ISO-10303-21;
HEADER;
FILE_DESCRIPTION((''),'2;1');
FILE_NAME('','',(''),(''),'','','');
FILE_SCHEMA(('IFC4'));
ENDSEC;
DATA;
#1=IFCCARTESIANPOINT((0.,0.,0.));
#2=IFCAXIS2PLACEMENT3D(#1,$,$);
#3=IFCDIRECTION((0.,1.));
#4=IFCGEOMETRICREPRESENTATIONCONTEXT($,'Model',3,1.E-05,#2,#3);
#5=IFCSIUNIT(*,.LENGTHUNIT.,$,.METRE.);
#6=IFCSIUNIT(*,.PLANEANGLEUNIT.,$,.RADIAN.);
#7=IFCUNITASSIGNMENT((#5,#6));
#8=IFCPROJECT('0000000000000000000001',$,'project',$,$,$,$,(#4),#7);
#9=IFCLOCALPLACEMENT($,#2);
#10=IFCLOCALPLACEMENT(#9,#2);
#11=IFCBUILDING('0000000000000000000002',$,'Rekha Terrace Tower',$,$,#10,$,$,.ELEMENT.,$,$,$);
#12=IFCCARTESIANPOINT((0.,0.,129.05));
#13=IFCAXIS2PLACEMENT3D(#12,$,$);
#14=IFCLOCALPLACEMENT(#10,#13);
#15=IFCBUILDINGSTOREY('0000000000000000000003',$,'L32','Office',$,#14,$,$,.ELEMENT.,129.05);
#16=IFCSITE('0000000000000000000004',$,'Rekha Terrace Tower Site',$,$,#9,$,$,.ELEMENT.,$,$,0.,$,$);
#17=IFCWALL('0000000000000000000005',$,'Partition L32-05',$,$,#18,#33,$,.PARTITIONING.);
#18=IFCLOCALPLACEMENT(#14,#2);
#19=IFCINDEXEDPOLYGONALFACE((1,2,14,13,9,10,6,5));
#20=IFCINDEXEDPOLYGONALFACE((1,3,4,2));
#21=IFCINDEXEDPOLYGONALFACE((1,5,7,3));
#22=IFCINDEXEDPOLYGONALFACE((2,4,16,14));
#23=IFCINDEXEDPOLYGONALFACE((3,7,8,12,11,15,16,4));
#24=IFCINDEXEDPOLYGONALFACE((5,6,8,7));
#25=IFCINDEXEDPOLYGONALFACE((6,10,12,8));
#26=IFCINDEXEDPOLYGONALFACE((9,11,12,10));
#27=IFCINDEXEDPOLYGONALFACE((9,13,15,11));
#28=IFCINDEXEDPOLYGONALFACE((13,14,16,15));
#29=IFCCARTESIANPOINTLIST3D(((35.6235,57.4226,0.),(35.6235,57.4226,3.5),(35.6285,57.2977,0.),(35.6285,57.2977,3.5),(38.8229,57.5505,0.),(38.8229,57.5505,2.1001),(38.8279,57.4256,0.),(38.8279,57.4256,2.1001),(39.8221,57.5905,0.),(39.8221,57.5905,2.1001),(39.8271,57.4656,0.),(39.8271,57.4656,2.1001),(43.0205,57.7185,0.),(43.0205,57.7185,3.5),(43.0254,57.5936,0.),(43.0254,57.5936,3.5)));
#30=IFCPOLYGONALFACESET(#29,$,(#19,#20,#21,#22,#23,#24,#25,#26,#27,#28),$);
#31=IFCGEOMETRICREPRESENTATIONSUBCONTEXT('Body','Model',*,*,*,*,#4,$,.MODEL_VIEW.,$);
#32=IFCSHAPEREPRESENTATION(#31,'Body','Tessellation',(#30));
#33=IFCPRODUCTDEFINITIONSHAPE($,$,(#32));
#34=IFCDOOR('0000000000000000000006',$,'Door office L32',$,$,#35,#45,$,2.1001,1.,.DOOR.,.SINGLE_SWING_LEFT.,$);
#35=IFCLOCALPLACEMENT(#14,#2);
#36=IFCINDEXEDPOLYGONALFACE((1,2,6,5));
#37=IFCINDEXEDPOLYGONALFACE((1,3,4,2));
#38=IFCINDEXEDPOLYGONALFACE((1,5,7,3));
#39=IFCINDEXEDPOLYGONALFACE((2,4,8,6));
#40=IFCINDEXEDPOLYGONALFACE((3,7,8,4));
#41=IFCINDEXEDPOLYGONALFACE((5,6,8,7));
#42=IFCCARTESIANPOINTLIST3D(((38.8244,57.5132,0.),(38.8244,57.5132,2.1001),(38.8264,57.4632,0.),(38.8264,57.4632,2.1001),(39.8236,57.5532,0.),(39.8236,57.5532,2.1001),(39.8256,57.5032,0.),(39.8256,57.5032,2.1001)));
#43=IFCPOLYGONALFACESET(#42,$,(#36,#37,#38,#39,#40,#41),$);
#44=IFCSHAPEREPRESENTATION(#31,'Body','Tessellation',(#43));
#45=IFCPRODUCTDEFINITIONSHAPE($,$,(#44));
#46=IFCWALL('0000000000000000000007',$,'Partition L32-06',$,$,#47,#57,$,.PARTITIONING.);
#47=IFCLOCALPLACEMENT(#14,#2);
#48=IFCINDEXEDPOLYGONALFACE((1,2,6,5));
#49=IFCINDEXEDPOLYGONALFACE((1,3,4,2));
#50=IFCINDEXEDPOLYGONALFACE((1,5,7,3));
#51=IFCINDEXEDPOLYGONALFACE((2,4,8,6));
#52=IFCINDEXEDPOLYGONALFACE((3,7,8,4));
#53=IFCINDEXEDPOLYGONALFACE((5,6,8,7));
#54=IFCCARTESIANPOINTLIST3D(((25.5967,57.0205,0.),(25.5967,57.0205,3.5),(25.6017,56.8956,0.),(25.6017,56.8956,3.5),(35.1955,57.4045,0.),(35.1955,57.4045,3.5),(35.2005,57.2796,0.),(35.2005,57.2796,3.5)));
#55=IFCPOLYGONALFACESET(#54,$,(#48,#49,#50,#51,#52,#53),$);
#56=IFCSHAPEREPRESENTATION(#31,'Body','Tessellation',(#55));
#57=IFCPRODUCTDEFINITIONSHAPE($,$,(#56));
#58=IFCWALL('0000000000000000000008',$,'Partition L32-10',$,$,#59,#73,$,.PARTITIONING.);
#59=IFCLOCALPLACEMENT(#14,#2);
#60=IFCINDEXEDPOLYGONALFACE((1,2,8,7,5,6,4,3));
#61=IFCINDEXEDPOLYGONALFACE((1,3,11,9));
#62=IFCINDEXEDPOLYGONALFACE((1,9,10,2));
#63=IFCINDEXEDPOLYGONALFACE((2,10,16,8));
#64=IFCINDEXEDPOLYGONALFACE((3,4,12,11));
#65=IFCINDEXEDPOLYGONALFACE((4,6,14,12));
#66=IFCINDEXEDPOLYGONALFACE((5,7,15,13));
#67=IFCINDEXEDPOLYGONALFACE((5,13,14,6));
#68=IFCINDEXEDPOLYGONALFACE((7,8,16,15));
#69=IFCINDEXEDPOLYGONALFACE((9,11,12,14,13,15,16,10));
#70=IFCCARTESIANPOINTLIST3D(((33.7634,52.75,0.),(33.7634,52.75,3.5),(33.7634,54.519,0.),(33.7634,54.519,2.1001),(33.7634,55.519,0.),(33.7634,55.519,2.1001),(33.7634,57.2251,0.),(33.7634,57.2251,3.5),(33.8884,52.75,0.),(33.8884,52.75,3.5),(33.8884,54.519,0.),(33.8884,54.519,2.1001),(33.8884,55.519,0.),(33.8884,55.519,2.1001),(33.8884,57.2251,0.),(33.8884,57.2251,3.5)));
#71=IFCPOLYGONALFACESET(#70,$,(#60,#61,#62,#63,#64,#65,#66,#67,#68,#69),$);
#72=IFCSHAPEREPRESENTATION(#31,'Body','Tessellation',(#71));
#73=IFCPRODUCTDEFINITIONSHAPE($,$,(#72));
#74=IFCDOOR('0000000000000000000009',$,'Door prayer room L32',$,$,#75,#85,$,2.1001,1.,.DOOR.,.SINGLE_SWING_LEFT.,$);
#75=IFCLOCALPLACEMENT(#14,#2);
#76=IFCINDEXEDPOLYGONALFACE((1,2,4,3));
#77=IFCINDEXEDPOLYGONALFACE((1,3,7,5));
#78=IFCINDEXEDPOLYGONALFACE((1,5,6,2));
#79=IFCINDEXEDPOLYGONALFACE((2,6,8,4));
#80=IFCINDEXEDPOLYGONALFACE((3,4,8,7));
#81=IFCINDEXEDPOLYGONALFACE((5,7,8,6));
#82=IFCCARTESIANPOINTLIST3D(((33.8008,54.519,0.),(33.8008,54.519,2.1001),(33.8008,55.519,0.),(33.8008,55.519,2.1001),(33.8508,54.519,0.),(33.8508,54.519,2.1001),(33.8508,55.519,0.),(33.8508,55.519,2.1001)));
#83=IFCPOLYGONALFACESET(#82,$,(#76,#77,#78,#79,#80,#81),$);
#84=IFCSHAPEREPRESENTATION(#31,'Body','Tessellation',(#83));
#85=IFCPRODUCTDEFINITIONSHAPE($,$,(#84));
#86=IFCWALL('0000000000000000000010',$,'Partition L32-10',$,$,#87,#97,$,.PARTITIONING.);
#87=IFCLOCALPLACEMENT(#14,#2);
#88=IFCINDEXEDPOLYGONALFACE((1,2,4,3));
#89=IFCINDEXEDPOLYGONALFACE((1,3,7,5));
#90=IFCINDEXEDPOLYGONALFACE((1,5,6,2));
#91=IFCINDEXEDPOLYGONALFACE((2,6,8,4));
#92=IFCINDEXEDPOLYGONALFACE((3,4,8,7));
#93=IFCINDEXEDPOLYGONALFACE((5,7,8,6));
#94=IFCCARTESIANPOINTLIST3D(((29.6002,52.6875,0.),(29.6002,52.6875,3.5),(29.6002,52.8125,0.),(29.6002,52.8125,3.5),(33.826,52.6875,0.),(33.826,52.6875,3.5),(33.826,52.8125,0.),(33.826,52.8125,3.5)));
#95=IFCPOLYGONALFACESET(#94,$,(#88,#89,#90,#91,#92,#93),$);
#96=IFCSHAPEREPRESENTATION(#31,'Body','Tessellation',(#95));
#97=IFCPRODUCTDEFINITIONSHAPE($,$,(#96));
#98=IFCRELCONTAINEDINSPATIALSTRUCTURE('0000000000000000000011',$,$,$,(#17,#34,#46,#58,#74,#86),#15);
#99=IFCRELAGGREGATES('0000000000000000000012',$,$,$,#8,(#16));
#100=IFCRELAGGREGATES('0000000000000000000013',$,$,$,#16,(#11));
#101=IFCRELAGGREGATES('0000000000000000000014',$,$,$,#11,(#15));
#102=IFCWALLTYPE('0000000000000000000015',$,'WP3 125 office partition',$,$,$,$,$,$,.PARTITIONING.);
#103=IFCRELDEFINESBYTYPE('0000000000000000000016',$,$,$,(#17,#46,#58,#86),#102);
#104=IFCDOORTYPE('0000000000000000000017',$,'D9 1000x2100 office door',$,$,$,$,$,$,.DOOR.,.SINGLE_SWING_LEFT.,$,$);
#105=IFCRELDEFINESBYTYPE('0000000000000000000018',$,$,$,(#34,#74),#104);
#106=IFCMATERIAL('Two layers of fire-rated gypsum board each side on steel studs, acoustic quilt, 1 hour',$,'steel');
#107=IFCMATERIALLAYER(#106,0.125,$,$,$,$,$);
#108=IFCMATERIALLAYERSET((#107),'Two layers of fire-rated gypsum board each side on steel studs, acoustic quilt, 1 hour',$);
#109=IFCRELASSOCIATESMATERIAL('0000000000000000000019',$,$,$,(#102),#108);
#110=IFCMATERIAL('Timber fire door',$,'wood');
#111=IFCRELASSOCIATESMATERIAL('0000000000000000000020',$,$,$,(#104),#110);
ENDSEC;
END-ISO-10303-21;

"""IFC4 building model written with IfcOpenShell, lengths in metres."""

from ifc_helpers import new_model, si_unit, direction, frame, frame_2d, origin, place, context, subcontext, project, spatial, rectangle, extrude, material, layer, layer_set, type_object, element, fill, save


model = new_model("IFC4")

# Units and contexts
model_context = context("Model", 3, precision=1e-05, world=origin(), true_north=direction((0.0, 1.0)))
body_context = subcontext(model_context, "Body", "Model", "MODEL_VIEW")
ifc_project = project(units=[si_unit("LENGTHUNIT", "METRE"), si_unit("PLANEANGLEUNIT", "RADIAN")], contexts=[model_context])

# Site, building, storey
site_placement = place(None, origin())
site = spatial("IfcSite", under=ifc_project, at=site_placement, Name="Rekha Terrace Tower Site", CompositionType="ELEMENT", RefElevation=0.0)
building_placement = place(site_placement, origin())
building = spatial("IfcBuilding", under=site, at=building_placement, Name="Rekha Terrace Tower", CompositionType="ELEMENT")
storey_placement = place(building_placement, frame((0.0, 0.0, 129.05)))
storey = spatial("IfcBuildingStorey", under=building, at=storey_placement, Name="L32", Description="Office", CompositionType="ELEMENT", Elevation=129.05)

# Shared definitions
ifc_material_1 = material(Name="Two layers of fire-rated gypsum board each side on steel studs, acoustic quilt, 1 hour", Category="steel")
ifc_layer_1 = layer(ifc_material_1, 0.125)
ifc_layer_set_1 = layer_set([ifc_layer_1], Name="Two layers of fire-rated gypsum board each side on steel studs, acoustic quilt, 1 hour")
wall_type_1 = type_object("IfcWallType", Name="WP3 125 office partition", PredefinedType="PARTITIONING", material=ifc_layer_set_1)

# Wall, opening, door
wall_1_placement = place(storey_placement, frame((43.0229, 57.656, 0.0), z_axis=(0.0, 0.0, 1.0), x_axis=(-0.999201, -0.039971, 0.0)))
wall_1 = element("IfcWall", 1, at=wall_1_placement, inside=storey, type_object=wall_type_1, Name="Partition L32-05", PredefinedType="PARTITIONING", context=body_context, shape_type="SweptSolid", body=[
    extrude(rectangle(XDim=7.4028, YDim=0.125, at=frame_2d((3.7014, 0.0))), origin(), (0.0, 0.0, 1.0), 3.5),
])
opening_1_placement = place(wall_1_placement, frame((3.2009, 0.0, 0.0)))
opening_1 = element("IfcOpeningElement", 2, at=opening_1_placement, cuts=wall_1, PredefinedType="OPENING", context=body_context, shape_type="SweptSolid", body=[
    extrude(rectangle(XDim=1.0, YDim=2.1001, at=frame_2d((0.5, 1.05))), frame((0.0, 0.0725, 0.0), z_axis=(0.0, -1.0, 0.0), x_axis=(1.0, 0.0, 0.0)), (0.0, 0.0, 1.0), 0.145),
])
ifc_material_2 = material(Name="Timber fire door", Category="wood")
door_type_1 = type_object("IfcDoorType", Name="D9 1000x2100 office door", OperationType="SINGLE_SWING_LEFT", PredefinedType="DOOR", material=ifc_material_2)
door_1_placement = place(opening_1_placement, origin())
door_1 = element("IfcDoor", 3, at=door_1_placement, inside=storey, type_object=door_type_1, Name="Door office L32", OperationType="SINGLE_SWING_LEFT", OverallHeight=2.1001, OverallWidth=1.0, PredefinedType="DOOR", context=body_context, shape_type="SweptSolid", body=[
    extrude(rectangle(XDim=1.0, YDim=2.1001, at=frame_2d((0.5, 1.05))), frame((0.0, 0.0249, 0.0), z_axis=(0.0, -1.0, 0.0), x_axis=(1.0, 0.0, 0.0)), (0.0, 0.0, 1.0), 0.05),
])
fill(opening_1, door_1)

# Wall
wall_2_placement = place(storey_placement, frame((35.198, 57.342, 0.0), z_axis=(0.0, 0.0, 1.0), x_axis=(-0.999201, -0.039976, 0.0)))
element("IfcWall", 4, at=wall_2_placement, inside=storey, type_object=wall_type_1, Name="Partition L32-06", PredefinedType="PARTITIONING", context=body_context, shape_type="SweptSolid", body=[
    extrude(rectangle(XDim=9.6064, YDim=0.125, at=frame_2d((4.8032, 0.0))), origin(), (0.0, 0.0, 1.0), 3.5),
])

# Wall, opening, door
wall_3_placement = place(storey_placement, frame((33.8259, 57.2251, 0.0), z_axis=(0.0, 0.0, 1.0), x_axis=(0.0, -1.0, 0.0)))
wall_3 = element("IfcWall", 5, at=wall_3_placement, inside=storey, type_object=wall_type_1, Name="Partition L32-10", PredefinedType="PARTITIONING", context=body_context, shape_type="SweptSolid", body=[
    extrude(rectangle(XDim=4.4751, YDim=0.125, at=frame_2d((2.2375, 0.0))), origin(), (0.0, 0.0, 1.0), 3.5),
])
opening_2_placement = place(wall_3_placement, frame((1.7061, 0.0, 0.0)))
opening_2 = element("IfcOpeningElement", 6, at=opening_2_placement, cuts=wall_3, PredefinedType="OPENING", context=body_context, shape_type="SweptSolid", body=[
    extrude(rectangle(XDim=1.0, YDim=2.1001, at=frame_2d((0.5, 1.05))), frame((0.0, 0.0725, 0.0), z_axis=(0.0, -1.0, 0.0), x_axis=(1.0, 0.0, 0.0)), (0.0, 0.0, 1.0), 0.145),
])
door_2_placement = place(opening_2_placement, origin())
door_2 = element("IfcDoor", 7, at=door_2_placement, inside=storey, type_object=door_type_1, Name="Door prayer room L32", OperationType="SINGLE_SWING_LEFT", OverallHeight=2.1001, OverallWidth=1.0, PredefinedType="DOOR", context=body_context, shape_type="SweptSolid", body=[
    extrude(rectangle(XDim=1.0, YDim=2.1001, at=frame_2d((0.5, 1.05))), frame((0.0, 0.0249, 0.0), z_axis=(0.0, -1.0, 0.0), x_axis=(1.0, 0.0, 0.0)), (0.0, 0.0, 1.0), 0.05),
])
fill(opening_2, door_2)

# Wall
wall_4_placement = place(storey_placement, frame((33.8259, 52.75, 0.0), z_axis=(0.0, 0.0, 1.0), x_axis=(-1.0, 0.0, 0.0)))
element("IfcWall", 8, at=wall_4_placement, inside=storey, type_object=wall_type_1, Name="Partition L32-10", PredefinedType="PARTITIONING", context=body_context, shape_type="SweptSolid", body=[
    extrude(rectangle(XDim=4.2258, YDim=0.125, at=frame_2d((2.1128, 0.0))), origin(), (0.0, 0.0, 1.0), 3.5),
])

save(model, "model.ifc")
